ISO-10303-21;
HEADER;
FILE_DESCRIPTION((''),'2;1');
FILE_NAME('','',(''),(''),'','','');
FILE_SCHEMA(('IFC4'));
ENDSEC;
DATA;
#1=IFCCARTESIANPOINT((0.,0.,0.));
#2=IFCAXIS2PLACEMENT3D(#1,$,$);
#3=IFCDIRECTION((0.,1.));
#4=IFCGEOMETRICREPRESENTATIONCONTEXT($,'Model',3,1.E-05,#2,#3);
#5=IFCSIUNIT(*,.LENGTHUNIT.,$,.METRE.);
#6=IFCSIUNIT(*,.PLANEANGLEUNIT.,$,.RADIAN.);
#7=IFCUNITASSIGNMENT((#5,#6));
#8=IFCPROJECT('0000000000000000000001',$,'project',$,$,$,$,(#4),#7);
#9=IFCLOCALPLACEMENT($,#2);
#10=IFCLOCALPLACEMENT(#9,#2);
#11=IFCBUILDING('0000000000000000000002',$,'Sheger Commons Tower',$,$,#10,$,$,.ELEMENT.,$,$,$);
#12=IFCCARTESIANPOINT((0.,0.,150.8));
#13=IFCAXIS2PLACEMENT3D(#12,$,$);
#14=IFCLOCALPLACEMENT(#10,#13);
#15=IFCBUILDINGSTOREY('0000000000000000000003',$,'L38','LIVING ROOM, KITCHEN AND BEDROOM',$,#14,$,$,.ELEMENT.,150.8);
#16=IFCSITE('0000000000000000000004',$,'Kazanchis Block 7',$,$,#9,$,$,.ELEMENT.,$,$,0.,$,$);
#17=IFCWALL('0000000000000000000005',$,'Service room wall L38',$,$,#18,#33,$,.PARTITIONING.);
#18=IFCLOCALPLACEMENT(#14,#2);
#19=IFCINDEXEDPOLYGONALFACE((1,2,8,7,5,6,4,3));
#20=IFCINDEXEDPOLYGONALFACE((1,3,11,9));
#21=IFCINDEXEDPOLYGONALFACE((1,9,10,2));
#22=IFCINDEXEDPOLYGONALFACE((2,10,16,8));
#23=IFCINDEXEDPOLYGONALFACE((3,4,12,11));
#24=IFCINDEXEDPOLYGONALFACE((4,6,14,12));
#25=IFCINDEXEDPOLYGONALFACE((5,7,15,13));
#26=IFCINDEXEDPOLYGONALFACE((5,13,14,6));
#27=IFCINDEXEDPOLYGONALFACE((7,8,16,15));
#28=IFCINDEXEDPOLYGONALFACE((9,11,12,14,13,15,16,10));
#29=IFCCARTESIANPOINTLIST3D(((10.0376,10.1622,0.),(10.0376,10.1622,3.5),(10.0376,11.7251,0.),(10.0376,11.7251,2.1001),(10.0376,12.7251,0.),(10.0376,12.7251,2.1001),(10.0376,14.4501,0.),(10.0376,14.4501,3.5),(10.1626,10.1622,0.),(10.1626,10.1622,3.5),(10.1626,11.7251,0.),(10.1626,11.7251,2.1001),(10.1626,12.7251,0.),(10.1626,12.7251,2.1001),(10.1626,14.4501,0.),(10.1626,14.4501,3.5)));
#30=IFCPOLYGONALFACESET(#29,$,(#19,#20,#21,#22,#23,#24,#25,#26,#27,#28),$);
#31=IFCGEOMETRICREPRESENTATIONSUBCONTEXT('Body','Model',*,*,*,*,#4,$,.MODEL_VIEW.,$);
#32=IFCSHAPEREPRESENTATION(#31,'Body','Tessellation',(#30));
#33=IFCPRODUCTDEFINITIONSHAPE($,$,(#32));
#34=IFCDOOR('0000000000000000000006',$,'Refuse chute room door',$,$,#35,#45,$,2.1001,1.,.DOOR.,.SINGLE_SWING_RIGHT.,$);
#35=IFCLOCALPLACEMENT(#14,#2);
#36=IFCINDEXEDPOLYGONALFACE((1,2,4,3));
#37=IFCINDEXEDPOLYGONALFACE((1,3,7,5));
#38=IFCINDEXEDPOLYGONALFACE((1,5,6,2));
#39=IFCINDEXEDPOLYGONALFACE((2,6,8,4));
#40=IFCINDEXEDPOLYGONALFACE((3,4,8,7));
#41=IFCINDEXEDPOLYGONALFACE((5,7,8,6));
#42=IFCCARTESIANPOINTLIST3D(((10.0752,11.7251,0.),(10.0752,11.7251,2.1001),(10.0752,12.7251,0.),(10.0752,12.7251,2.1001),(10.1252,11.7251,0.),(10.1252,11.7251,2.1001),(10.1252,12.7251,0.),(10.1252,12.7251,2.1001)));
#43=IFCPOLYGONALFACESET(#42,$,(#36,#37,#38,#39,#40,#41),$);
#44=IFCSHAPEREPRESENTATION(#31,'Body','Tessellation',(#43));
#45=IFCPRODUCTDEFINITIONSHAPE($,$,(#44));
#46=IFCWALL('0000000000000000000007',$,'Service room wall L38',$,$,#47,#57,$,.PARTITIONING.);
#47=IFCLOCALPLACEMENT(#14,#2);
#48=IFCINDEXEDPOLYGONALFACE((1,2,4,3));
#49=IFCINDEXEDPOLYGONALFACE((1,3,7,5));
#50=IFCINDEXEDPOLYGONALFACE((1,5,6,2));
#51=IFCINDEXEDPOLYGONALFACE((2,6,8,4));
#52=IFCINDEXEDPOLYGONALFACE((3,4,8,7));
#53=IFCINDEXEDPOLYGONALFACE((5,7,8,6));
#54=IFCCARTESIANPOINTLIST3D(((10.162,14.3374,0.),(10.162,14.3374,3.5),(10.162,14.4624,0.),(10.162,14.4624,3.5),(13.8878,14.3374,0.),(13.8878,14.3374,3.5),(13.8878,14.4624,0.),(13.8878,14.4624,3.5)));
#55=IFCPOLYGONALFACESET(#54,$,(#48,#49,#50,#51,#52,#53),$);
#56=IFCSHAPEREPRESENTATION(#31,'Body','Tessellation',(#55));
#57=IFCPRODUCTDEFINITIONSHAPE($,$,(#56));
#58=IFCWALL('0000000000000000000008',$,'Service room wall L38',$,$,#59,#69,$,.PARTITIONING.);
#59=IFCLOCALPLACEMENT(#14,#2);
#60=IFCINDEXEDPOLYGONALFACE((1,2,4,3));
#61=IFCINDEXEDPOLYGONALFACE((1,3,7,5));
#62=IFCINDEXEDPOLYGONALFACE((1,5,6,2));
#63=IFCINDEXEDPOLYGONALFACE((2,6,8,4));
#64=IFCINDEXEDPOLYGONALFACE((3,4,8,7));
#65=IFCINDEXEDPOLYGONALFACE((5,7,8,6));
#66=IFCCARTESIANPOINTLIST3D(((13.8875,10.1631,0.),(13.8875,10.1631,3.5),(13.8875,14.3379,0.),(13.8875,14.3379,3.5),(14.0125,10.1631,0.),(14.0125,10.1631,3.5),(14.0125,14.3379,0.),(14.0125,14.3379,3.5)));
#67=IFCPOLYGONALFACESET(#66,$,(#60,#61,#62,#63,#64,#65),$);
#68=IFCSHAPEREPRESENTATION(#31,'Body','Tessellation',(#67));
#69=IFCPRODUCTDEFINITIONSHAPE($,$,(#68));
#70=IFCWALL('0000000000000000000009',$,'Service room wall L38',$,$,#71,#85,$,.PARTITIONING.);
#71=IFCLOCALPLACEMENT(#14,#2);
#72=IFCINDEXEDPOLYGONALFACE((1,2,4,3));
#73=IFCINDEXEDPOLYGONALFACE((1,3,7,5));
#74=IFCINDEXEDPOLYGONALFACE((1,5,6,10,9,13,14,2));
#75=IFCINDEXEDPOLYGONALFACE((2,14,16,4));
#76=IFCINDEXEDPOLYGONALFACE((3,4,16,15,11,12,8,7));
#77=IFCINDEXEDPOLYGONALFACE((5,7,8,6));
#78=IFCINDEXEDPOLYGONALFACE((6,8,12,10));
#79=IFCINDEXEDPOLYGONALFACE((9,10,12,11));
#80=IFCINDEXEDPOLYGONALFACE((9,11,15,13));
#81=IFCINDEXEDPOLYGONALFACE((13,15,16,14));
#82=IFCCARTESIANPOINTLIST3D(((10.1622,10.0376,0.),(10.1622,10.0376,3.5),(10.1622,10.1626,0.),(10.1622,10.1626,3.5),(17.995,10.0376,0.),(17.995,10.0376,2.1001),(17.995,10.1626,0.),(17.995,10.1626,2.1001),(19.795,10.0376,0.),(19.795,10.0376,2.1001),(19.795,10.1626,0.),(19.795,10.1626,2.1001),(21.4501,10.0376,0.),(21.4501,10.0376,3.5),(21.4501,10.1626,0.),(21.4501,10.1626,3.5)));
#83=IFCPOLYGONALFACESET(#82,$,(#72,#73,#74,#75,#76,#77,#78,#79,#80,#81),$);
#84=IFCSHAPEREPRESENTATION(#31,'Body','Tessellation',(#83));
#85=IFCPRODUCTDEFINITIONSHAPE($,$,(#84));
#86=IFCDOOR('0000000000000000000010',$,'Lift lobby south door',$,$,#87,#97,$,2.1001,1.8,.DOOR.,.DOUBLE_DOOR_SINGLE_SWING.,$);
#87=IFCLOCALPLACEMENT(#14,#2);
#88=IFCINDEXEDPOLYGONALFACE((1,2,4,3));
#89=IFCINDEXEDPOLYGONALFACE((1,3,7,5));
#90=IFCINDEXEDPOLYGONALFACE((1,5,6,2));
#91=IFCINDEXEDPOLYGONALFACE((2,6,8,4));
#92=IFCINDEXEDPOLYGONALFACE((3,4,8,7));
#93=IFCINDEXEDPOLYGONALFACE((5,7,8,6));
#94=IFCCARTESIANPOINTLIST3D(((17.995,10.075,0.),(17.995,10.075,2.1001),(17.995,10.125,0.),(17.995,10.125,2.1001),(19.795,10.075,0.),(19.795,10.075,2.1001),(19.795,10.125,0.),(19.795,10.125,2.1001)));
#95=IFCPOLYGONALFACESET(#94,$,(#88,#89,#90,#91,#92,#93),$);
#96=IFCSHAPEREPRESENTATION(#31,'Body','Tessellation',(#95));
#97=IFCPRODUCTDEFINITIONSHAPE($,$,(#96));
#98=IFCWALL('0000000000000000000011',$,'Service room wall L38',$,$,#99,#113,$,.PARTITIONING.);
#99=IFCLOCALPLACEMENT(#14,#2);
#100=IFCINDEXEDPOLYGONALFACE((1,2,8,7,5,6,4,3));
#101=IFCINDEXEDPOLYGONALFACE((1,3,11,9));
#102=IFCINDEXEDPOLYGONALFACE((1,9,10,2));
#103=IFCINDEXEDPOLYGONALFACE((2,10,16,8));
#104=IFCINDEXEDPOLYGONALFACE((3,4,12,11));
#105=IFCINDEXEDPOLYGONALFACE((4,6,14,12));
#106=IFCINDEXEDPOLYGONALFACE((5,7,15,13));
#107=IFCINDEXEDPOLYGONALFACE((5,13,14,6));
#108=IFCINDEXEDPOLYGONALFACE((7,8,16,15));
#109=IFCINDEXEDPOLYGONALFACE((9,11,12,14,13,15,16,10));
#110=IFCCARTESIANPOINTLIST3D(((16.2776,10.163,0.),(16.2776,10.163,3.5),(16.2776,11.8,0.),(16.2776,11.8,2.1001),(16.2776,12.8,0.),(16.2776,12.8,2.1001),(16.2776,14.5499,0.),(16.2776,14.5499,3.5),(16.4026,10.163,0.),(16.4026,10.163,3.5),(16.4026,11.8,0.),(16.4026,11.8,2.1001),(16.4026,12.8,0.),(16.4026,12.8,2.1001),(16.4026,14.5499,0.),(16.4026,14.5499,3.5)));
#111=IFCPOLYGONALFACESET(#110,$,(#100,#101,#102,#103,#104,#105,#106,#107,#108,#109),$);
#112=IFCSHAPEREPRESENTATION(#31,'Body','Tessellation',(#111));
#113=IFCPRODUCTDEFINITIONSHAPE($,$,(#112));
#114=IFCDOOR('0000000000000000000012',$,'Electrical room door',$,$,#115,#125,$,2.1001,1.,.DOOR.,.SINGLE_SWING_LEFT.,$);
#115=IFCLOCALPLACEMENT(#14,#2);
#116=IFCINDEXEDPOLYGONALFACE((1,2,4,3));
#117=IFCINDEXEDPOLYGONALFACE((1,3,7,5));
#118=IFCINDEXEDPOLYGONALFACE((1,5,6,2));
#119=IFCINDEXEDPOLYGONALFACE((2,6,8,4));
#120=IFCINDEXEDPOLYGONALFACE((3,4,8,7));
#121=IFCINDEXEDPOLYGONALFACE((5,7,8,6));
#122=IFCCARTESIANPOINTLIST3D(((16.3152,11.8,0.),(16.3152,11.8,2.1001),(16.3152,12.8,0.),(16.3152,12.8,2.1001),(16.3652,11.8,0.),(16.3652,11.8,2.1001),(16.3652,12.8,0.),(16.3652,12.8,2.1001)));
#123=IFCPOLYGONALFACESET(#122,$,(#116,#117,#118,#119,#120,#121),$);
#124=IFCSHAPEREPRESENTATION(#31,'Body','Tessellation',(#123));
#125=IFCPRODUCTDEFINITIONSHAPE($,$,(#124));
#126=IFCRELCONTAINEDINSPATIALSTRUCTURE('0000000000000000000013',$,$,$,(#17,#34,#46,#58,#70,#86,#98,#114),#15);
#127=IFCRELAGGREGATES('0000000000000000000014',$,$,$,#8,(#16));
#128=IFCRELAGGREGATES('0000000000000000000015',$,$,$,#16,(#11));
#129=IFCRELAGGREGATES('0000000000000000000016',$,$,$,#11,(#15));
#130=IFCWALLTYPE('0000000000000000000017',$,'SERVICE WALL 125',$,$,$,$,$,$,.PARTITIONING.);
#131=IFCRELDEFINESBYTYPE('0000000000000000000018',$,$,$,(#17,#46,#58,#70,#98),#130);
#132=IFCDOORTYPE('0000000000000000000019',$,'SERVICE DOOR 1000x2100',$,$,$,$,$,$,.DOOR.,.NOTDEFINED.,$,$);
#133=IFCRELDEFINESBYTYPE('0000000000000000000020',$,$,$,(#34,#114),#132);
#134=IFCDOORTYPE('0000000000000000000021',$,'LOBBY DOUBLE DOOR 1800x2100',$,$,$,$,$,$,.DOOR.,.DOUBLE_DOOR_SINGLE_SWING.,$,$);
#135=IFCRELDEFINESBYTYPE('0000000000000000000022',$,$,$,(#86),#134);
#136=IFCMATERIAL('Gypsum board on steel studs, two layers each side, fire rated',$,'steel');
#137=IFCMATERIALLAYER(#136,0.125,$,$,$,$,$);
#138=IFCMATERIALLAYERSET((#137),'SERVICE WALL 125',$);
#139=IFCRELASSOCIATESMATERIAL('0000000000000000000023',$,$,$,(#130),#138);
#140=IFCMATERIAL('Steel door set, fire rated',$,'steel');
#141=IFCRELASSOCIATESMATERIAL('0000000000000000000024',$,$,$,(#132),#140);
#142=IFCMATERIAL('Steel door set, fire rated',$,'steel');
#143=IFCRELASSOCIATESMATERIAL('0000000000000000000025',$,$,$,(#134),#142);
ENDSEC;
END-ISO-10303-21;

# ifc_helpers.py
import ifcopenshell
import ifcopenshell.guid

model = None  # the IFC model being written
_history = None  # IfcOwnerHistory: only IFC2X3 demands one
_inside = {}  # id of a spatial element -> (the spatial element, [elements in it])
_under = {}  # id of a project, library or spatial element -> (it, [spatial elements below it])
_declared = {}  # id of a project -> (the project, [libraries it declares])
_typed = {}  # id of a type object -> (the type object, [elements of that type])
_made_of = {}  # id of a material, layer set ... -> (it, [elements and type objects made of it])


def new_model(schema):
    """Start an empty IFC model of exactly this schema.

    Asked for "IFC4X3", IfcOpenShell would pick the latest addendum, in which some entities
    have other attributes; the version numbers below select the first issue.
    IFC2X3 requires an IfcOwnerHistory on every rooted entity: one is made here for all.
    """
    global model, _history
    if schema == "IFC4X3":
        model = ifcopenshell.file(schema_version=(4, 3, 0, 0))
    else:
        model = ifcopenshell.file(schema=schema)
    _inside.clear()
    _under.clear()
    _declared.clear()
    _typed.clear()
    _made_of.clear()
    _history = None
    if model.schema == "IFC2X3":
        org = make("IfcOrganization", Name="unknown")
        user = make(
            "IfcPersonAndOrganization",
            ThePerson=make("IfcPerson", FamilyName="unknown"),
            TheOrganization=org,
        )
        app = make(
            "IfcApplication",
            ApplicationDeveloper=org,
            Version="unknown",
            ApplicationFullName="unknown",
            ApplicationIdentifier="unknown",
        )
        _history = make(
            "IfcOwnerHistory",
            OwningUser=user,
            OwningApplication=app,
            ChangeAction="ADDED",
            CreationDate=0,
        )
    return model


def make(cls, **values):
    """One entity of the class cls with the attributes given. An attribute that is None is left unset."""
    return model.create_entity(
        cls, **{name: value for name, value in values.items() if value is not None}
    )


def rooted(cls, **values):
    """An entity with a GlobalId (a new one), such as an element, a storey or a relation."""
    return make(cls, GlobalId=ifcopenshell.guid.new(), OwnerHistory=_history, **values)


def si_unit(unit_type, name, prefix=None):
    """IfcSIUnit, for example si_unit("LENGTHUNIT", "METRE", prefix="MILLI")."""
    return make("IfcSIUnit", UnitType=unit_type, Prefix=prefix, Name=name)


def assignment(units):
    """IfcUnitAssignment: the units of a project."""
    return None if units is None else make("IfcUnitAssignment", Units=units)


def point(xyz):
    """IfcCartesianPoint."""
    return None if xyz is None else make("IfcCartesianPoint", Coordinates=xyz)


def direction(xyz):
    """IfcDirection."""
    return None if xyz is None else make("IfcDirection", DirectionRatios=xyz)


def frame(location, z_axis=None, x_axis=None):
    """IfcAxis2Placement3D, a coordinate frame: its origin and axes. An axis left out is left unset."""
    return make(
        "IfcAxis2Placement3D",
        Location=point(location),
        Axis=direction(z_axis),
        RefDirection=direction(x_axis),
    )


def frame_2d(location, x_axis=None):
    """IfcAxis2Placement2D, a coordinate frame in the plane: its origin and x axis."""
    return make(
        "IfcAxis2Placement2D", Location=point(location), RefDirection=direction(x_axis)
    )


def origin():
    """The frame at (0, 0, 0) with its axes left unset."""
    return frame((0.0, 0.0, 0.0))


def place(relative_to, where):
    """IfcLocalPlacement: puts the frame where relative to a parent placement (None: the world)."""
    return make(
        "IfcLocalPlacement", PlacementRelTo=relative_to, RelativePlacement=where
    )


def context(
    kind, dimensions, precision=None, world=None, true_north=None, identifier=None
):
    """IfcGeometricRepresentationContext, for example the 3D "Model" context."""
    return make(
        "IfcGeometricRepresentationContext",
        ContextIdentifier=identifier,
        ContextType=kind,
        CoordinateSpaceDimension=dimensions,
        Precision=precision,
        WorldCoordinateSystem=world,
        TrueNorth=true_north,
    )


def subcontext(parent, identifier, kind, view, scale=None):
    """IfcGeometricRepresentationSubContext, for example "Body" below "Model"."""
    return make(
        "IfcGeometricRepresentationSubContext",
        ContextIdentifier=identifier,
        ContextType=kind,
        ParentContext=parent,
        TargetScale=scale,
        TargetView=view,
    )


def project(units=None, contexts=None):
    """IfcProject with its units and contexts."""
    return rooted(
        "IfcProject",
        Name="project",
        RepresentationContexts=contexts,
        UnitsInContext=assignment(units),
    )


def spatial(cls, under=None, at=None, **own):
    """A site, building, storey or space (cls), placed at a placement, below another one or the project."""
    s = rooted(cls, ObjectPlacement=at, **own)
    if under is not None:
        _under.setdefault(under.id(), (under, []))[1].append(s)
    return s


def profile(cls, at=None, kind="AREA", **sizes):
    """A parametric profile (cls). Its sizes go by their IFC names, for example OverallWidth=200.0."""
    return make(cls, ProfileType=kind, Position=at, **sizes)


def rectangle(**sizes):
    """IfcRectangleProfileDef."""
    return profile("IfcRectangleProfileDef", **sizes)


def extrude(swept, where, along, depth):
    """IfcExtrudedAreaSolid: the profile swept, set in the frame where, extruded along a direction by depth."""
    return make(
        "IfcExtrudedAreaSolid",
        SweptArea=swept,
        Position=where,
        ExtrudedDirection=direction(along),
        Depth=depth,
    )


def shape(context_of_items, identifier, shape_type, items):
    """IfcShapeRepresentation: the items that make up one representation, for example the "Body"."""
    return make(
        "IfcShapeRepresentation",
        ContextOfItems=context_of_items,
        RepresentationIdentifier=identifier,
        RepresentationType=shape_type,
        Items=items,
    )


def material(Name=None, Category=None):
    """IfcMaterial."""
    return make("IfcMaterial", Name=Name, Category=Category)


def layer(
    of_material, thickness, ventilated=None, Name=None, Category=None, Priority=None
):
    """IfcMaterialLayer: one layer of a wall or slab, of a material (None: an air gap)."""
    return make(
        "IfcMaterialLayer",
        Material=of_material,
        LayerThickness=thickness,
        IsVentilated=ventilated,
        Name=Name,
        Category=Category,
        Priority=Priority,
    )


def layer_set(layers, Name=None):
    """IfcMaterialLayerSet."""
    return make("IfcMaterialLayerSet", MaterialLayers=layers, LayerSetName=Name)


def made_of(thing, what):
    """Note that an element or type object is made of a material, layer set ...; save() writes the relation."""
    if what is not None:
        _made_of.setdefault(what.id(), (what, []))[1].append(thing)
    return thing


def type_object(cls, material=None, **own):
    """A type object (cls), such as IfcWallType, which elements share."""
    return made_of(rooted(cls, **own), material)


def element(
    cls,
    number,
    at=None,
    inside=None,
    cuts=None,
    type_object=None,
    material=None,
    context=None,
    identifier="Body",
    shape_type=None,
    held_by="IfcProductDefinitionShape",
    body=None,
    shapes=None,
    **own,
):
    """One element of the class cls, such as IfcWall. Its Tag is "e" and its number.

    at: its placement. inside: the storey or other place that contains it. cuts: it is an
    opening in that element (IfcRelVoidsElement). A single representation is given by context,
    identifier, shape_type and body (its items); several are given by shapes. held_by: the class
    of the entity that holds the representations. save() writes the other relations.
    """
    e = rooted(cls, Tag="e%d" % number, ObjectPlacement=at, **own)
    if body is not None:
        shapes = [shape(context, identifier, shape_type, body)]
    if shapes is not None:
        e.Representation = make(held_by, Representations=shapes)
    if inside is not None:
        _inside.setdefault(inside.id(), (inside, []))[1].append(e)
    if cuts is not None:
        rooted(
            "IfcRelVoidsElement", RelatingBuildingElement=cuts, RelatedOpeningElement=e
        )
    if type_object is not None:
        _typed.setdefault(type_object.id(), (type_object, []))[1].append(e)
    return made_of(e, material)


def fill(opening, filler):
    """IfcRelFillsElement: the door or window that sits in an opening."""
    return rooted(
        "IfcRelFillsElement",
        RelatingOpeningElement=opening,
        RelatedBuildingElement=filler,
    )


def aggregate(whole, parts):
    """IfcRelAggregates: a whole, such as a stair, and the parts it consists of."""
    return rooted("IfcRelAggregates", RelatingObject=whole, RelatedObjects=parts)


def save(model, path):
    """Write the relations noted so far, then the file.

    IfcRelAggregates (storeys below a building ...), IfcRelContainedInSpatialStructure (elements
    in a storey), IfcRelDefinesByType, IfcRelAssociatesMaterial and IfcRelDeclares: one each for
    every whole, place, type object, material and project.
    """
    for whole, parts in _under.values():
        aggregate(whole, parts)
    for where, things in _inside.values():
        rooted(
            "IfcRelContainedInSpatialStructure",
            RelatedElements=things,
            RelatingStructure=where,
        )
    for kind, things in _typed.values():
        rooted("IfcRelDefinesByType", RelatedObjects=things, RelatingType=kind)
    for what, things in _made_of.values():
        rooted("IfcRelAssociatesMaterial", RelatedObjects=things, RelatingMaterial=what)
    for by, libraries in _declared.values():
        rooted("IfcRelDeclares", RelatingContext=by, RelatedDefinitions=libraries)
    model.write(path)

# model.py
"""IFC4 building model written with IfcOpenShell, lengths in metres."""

from ifc_helpers import new_model, si_unit, direction, frame, frame_2d, origin, place, context, subcontext, project, spatial, rectangle, extrude, material, layer, layer_set, type_object, element, fill, save


model = new_model("IFC4")

# Units and contexts
model_context = context("Model", 3, precision=1e-05, world=origin(), true_north=direction((0.0, 1.0)))
body_context = subcontext(model_context, "Body", "Model", "MODEL_VIEW")
ifc_project = project(units=[si_unit("LENGTHUNIT", "METRE"), si_unit("PLANEANGLEUNIT", "RADIAN")], contexts=[model_context])

# Site, building, storey
site_placement = place(None, origin())
site = spatial("IfcSite", under=ifc_project, at=site_placement, Name="Kazanchis Block 7", CompositionType="ELEMENT", RefElevation=0.0)
building_placement = place(site_placement, origin())
building = spatial("IfcBuilding", under=site, at=building_placement, Name="Sheger Commons Tower", CompositionType="ELEMENT")
storey_placement = place(building_placement, frame((0.0, 0.0, 150.8)))
storey = spatial("IfcBuildingStorey", under=building, at=storey_placement, Name="L38", Description="LIVING ROOM, KITCHEN AND BEDROOM", CompositionType="ELEMENT", Elevation=150.8)

# Wall, opening, door
ifc_material_1 = material(Name="Gypsum board on steel studs, two layers each side, fire rated", Category="steel")
ifc_layer_1 = layer(ifc_material_1, 0.125)
ifc_layer_set_1 = layer_set([ifc_layer_1], Name="SERVICE WALL 125")
wall_type_1 = type_object("IfcWallType", Name="SERVICE WALL 125", PredefinedType="PARTITIONING", material=ifc_layer_set_1)
wall_1_placement = place(storey_placement, frame((10.1001, 10.1621, 0.0), z_axis=(0.0, 0.0, 1.0), x_axis=(0.0, 1.0, 0.0)))
wall_1 = element("IfcWall", 1, at=wall_1_placement, inside=storey, type_object=wall_type_1, Name="Service room wall L38", PredefinedType="PARTITIONING", context=body_context, shape_type="SweptSolid", body=[
    extrude(rectangle(XDim=4.2878, YDim=0.125, at=frame_2d((2.144, 0.0))), origin(), (0.0, 0.0, 1.0), 3.5),
])
opening_1_placement = place(wall_1_placement, frame((1.563, 0.0, 0.0)))
opening_1 = element("IfcOpeningElement", 2, at=opening_1_placement, cuts=wall_1, PredefinedType="OPENING", context=body_context, shape_type="SweptSolid", body=[
    extrude(rectangle(XDim=1.0, YDim=2.1001, at=frame_2d((0.5, 1.05))), frame((0.0, 0.0725, 0.0), z_axis=(0.0, -1.0, 0.0), x_axis=(1.0, 0.0, 0.0)), (0.0, 0.0, 1.0), 0.145),
])
ifc_material_2 = material(Name="Steel door set, fire rated", Category="steel")
door_type_1 = type_object("IfcDoorType", Name="SERVICE DOOR 1000x2100", OperationType="NOTDEFINED", PredefinedType="DOOR", material=ifc_material_2)
door_1_placement = place(opening_1_placement, origin())
door_1 = element("IfcDoor", 3, at=door_1_placement, inside=storey, type_object=door_type_1, Name="Refuse chute room door", OperationType="SINGLE_SWING_RIGHT", OverallHeight=2.1001, OverallWidth=1.0, PredefinedType="DOOR", context=body_context, shape_type="SweptSolid", body=[
    extrude(rectangle(XDim=1.0, YDim=2.1001, at=frame_2d((0.5, 1.05))), frame((0.0, 0.0249, 0.0), z_axis=(0.0, -1.0, 0.0), x_axis=(1.0, 0.0, 0.0)), (0.0, 0.0, 1.0), 0.05),
])
fill(opening_1, door_1)

# Walls
wall_2_placement = place(storey_placement, frame((10.1621, 14.3999, 0.0), z_axis=(0.0, 0.0, 1.0), x_axis=(1.0, 0.0, 0.0)))
element("IfcWall", 4, at=wall_2_placement, inside=storey, type_object=wall_type_1, Name="Service room wall L38", PredefinedType="PARTITIONING", context=body_context, shape_type="SweptSolid", body=[
    extrude(rectangle(XDim=3.7258, YDim=0.125, at=frame_2d((1.8628, 0.0))), origin(), (0.0, 0.0, 1.0), 3.5),
])
wall_3_placement = place(storey_placement, frame((13.95, 10.1631, 0.0), z_axis=(0.0, 0.0, 1.0), x_axis=(0.0, 1.0, 0.0)))
element("IfcWall", 5, at=wall_3_placement, inside=storey, type_object=wall_type_1, Name="Service room wall L38", PredefinedType="PARTITIONING", context=body_context, shape_type="SweptSolid", body=[
    extrude(rectangle(XDim=4.1748, YDim=0.125, at=frame_2d((2.0874, 0.0))), origin(), (0.0, 0.0, 1.0), 3.5),
])

# Walls, openings, doors
wall_4_placement = place(storey_placement, frame((10.1621, 10.1001, 0.0), z_axis=(0.0, 0.0, 1.0), x_axis=(1.0, 0.0, 0.0)))
wall_4 = element("IfcWall", 6, at=wall_4_placement, inside=storey, type_object=wall_type_1, Name="Service room wall L38", PredefinedType="PARTITIONING", context=body_context, shape_type="SweptSolid", body=[
    extrude(rectangle(XDim=11.2878, YDim=0.125, at=frame_2d((5.644, 0.0))), origin(), (0.0, 0.0, 1.0), 3.5),
])
opening_2_placement = place(wall_4_placement, frame((7.833, 0.0, 0.0)))
opening_2 = element("IfcOpeningElement", 7, at=opening_2_placement, cuts=wall_4, PredefinedType="OPENING", context=body_context, shape_type="SweptSolid", body=[
    extrude(rectangle(XDim=1.8, YDim=2.1001, at=frame_2d((0.8999, 1.05))), frame((0.0, 0.0725, 0.0), z_axis=(0.0, -1.0, 0.0), x_axis=(1.0, 0.0, 0.0)), (0.0, 0.0, 1.0), 0.145),
])
ifc_material_3 = material(Name="Steel door set, fire rated", Category="steel")
door_type_2 = type_object("IfcDoorType", Name="LOBBY DOUBLE DOOR 1800x2100", OperationType="DOUBLE_DOOR_SINGLE_SWING", PredefinedType="DOOR", material=ifc_material_3)
door_2_placement = place(opening_2_placement, origin())
door_2 = element("IfcDoor", 8, at=door_2_placement, inside=storey, type_object=door_type_2, Name="Lift lobby south door", OperationType="DOUBLE_DOOR_SINGLE_SWING", OverallHeight=2.1001, OverallWidth=1.8, PredefinedType="DOOR", context=body_context, shape_type="SweptSolid", body=[
    extrude(rectangle(XDim=1.8, YDim=2.1001, at=frame_2d((0.8999, 1.05))), frame((0.0, 0.0249, 0.0), z_axis=(0.0, -1.0, 0.0), x_axis=(1.0, 0.0, 0.0)), (0.0, 0.0, 1.0), 0.05),
])
fill(opening_2, door_2)
wall_5_placement = place(storey_placement, frame((16.3401, 10.1631, 0.0), z_axis=(0.0, 0.0, 1.0), x_axis=(0.0, 1.0, 0.0)))
wall_5 = element("IfcWall", 9, at=wall_5_placement, inside=storey, type_object=wall_type_1, Name="Service room wall L38", PredefinedType="PARTITIONING", context=body_context, shape_type="SweptSolid", body=[
    extrude(rectangle(XDim=4.387, YDim=0.125, at=frame_2d((2.1934, 0.0))), origin(), (0.0, 0.0, 1.0), 3.5),
])
opening_3_placement = place(wall_5_placement, frame((1.637, 0.0, 0.0)))
opening_3 = element("IfcOpeningElement", 10, at=opening_3_placement, cuts=wall_5, PredefinedType="OPENING", context=body_context, shape_type="SweptSolid", body=[
    extrude(rectangle(XDim=1.0, YDim=2.1001, at=frame_2d((0.5, 1.05))), frame((0.0, 0.0725, 0.0), z_axis=(0.0, -1.0, 0.0), x_axis=(1.0, 0.0, 0.0)), (0.0, 0.0, 1.0), 0.145),
])
door_3_placement = place(opening_3_placement, origin())
door_3 = element("IfcDoor", 11, at=door_3_placement, inside=storey, type_object=door_type_1, Name="Electrical room door", OperationType="SINGLE_SWING_LEFT", OverallHeight=2.1001, OverallWidth=1.0, PredefinedType="DOOR", context=body_context, shape_type="SweptSolid", body=[
    extrude(rectangle(XDim=1.0, YDim=2.1001, at=frame_2d((0.5, 1.05))), frame((0.0, 0.0249, 0.0), z_axis=(0.0, -1.0, 0.0), x_axis=(1.0, 0.0, 0.0)), (0.0, 0.0, 1.0), 0.05),
])
fill(opening_3, door_3)

save(model, "model.ifc")
